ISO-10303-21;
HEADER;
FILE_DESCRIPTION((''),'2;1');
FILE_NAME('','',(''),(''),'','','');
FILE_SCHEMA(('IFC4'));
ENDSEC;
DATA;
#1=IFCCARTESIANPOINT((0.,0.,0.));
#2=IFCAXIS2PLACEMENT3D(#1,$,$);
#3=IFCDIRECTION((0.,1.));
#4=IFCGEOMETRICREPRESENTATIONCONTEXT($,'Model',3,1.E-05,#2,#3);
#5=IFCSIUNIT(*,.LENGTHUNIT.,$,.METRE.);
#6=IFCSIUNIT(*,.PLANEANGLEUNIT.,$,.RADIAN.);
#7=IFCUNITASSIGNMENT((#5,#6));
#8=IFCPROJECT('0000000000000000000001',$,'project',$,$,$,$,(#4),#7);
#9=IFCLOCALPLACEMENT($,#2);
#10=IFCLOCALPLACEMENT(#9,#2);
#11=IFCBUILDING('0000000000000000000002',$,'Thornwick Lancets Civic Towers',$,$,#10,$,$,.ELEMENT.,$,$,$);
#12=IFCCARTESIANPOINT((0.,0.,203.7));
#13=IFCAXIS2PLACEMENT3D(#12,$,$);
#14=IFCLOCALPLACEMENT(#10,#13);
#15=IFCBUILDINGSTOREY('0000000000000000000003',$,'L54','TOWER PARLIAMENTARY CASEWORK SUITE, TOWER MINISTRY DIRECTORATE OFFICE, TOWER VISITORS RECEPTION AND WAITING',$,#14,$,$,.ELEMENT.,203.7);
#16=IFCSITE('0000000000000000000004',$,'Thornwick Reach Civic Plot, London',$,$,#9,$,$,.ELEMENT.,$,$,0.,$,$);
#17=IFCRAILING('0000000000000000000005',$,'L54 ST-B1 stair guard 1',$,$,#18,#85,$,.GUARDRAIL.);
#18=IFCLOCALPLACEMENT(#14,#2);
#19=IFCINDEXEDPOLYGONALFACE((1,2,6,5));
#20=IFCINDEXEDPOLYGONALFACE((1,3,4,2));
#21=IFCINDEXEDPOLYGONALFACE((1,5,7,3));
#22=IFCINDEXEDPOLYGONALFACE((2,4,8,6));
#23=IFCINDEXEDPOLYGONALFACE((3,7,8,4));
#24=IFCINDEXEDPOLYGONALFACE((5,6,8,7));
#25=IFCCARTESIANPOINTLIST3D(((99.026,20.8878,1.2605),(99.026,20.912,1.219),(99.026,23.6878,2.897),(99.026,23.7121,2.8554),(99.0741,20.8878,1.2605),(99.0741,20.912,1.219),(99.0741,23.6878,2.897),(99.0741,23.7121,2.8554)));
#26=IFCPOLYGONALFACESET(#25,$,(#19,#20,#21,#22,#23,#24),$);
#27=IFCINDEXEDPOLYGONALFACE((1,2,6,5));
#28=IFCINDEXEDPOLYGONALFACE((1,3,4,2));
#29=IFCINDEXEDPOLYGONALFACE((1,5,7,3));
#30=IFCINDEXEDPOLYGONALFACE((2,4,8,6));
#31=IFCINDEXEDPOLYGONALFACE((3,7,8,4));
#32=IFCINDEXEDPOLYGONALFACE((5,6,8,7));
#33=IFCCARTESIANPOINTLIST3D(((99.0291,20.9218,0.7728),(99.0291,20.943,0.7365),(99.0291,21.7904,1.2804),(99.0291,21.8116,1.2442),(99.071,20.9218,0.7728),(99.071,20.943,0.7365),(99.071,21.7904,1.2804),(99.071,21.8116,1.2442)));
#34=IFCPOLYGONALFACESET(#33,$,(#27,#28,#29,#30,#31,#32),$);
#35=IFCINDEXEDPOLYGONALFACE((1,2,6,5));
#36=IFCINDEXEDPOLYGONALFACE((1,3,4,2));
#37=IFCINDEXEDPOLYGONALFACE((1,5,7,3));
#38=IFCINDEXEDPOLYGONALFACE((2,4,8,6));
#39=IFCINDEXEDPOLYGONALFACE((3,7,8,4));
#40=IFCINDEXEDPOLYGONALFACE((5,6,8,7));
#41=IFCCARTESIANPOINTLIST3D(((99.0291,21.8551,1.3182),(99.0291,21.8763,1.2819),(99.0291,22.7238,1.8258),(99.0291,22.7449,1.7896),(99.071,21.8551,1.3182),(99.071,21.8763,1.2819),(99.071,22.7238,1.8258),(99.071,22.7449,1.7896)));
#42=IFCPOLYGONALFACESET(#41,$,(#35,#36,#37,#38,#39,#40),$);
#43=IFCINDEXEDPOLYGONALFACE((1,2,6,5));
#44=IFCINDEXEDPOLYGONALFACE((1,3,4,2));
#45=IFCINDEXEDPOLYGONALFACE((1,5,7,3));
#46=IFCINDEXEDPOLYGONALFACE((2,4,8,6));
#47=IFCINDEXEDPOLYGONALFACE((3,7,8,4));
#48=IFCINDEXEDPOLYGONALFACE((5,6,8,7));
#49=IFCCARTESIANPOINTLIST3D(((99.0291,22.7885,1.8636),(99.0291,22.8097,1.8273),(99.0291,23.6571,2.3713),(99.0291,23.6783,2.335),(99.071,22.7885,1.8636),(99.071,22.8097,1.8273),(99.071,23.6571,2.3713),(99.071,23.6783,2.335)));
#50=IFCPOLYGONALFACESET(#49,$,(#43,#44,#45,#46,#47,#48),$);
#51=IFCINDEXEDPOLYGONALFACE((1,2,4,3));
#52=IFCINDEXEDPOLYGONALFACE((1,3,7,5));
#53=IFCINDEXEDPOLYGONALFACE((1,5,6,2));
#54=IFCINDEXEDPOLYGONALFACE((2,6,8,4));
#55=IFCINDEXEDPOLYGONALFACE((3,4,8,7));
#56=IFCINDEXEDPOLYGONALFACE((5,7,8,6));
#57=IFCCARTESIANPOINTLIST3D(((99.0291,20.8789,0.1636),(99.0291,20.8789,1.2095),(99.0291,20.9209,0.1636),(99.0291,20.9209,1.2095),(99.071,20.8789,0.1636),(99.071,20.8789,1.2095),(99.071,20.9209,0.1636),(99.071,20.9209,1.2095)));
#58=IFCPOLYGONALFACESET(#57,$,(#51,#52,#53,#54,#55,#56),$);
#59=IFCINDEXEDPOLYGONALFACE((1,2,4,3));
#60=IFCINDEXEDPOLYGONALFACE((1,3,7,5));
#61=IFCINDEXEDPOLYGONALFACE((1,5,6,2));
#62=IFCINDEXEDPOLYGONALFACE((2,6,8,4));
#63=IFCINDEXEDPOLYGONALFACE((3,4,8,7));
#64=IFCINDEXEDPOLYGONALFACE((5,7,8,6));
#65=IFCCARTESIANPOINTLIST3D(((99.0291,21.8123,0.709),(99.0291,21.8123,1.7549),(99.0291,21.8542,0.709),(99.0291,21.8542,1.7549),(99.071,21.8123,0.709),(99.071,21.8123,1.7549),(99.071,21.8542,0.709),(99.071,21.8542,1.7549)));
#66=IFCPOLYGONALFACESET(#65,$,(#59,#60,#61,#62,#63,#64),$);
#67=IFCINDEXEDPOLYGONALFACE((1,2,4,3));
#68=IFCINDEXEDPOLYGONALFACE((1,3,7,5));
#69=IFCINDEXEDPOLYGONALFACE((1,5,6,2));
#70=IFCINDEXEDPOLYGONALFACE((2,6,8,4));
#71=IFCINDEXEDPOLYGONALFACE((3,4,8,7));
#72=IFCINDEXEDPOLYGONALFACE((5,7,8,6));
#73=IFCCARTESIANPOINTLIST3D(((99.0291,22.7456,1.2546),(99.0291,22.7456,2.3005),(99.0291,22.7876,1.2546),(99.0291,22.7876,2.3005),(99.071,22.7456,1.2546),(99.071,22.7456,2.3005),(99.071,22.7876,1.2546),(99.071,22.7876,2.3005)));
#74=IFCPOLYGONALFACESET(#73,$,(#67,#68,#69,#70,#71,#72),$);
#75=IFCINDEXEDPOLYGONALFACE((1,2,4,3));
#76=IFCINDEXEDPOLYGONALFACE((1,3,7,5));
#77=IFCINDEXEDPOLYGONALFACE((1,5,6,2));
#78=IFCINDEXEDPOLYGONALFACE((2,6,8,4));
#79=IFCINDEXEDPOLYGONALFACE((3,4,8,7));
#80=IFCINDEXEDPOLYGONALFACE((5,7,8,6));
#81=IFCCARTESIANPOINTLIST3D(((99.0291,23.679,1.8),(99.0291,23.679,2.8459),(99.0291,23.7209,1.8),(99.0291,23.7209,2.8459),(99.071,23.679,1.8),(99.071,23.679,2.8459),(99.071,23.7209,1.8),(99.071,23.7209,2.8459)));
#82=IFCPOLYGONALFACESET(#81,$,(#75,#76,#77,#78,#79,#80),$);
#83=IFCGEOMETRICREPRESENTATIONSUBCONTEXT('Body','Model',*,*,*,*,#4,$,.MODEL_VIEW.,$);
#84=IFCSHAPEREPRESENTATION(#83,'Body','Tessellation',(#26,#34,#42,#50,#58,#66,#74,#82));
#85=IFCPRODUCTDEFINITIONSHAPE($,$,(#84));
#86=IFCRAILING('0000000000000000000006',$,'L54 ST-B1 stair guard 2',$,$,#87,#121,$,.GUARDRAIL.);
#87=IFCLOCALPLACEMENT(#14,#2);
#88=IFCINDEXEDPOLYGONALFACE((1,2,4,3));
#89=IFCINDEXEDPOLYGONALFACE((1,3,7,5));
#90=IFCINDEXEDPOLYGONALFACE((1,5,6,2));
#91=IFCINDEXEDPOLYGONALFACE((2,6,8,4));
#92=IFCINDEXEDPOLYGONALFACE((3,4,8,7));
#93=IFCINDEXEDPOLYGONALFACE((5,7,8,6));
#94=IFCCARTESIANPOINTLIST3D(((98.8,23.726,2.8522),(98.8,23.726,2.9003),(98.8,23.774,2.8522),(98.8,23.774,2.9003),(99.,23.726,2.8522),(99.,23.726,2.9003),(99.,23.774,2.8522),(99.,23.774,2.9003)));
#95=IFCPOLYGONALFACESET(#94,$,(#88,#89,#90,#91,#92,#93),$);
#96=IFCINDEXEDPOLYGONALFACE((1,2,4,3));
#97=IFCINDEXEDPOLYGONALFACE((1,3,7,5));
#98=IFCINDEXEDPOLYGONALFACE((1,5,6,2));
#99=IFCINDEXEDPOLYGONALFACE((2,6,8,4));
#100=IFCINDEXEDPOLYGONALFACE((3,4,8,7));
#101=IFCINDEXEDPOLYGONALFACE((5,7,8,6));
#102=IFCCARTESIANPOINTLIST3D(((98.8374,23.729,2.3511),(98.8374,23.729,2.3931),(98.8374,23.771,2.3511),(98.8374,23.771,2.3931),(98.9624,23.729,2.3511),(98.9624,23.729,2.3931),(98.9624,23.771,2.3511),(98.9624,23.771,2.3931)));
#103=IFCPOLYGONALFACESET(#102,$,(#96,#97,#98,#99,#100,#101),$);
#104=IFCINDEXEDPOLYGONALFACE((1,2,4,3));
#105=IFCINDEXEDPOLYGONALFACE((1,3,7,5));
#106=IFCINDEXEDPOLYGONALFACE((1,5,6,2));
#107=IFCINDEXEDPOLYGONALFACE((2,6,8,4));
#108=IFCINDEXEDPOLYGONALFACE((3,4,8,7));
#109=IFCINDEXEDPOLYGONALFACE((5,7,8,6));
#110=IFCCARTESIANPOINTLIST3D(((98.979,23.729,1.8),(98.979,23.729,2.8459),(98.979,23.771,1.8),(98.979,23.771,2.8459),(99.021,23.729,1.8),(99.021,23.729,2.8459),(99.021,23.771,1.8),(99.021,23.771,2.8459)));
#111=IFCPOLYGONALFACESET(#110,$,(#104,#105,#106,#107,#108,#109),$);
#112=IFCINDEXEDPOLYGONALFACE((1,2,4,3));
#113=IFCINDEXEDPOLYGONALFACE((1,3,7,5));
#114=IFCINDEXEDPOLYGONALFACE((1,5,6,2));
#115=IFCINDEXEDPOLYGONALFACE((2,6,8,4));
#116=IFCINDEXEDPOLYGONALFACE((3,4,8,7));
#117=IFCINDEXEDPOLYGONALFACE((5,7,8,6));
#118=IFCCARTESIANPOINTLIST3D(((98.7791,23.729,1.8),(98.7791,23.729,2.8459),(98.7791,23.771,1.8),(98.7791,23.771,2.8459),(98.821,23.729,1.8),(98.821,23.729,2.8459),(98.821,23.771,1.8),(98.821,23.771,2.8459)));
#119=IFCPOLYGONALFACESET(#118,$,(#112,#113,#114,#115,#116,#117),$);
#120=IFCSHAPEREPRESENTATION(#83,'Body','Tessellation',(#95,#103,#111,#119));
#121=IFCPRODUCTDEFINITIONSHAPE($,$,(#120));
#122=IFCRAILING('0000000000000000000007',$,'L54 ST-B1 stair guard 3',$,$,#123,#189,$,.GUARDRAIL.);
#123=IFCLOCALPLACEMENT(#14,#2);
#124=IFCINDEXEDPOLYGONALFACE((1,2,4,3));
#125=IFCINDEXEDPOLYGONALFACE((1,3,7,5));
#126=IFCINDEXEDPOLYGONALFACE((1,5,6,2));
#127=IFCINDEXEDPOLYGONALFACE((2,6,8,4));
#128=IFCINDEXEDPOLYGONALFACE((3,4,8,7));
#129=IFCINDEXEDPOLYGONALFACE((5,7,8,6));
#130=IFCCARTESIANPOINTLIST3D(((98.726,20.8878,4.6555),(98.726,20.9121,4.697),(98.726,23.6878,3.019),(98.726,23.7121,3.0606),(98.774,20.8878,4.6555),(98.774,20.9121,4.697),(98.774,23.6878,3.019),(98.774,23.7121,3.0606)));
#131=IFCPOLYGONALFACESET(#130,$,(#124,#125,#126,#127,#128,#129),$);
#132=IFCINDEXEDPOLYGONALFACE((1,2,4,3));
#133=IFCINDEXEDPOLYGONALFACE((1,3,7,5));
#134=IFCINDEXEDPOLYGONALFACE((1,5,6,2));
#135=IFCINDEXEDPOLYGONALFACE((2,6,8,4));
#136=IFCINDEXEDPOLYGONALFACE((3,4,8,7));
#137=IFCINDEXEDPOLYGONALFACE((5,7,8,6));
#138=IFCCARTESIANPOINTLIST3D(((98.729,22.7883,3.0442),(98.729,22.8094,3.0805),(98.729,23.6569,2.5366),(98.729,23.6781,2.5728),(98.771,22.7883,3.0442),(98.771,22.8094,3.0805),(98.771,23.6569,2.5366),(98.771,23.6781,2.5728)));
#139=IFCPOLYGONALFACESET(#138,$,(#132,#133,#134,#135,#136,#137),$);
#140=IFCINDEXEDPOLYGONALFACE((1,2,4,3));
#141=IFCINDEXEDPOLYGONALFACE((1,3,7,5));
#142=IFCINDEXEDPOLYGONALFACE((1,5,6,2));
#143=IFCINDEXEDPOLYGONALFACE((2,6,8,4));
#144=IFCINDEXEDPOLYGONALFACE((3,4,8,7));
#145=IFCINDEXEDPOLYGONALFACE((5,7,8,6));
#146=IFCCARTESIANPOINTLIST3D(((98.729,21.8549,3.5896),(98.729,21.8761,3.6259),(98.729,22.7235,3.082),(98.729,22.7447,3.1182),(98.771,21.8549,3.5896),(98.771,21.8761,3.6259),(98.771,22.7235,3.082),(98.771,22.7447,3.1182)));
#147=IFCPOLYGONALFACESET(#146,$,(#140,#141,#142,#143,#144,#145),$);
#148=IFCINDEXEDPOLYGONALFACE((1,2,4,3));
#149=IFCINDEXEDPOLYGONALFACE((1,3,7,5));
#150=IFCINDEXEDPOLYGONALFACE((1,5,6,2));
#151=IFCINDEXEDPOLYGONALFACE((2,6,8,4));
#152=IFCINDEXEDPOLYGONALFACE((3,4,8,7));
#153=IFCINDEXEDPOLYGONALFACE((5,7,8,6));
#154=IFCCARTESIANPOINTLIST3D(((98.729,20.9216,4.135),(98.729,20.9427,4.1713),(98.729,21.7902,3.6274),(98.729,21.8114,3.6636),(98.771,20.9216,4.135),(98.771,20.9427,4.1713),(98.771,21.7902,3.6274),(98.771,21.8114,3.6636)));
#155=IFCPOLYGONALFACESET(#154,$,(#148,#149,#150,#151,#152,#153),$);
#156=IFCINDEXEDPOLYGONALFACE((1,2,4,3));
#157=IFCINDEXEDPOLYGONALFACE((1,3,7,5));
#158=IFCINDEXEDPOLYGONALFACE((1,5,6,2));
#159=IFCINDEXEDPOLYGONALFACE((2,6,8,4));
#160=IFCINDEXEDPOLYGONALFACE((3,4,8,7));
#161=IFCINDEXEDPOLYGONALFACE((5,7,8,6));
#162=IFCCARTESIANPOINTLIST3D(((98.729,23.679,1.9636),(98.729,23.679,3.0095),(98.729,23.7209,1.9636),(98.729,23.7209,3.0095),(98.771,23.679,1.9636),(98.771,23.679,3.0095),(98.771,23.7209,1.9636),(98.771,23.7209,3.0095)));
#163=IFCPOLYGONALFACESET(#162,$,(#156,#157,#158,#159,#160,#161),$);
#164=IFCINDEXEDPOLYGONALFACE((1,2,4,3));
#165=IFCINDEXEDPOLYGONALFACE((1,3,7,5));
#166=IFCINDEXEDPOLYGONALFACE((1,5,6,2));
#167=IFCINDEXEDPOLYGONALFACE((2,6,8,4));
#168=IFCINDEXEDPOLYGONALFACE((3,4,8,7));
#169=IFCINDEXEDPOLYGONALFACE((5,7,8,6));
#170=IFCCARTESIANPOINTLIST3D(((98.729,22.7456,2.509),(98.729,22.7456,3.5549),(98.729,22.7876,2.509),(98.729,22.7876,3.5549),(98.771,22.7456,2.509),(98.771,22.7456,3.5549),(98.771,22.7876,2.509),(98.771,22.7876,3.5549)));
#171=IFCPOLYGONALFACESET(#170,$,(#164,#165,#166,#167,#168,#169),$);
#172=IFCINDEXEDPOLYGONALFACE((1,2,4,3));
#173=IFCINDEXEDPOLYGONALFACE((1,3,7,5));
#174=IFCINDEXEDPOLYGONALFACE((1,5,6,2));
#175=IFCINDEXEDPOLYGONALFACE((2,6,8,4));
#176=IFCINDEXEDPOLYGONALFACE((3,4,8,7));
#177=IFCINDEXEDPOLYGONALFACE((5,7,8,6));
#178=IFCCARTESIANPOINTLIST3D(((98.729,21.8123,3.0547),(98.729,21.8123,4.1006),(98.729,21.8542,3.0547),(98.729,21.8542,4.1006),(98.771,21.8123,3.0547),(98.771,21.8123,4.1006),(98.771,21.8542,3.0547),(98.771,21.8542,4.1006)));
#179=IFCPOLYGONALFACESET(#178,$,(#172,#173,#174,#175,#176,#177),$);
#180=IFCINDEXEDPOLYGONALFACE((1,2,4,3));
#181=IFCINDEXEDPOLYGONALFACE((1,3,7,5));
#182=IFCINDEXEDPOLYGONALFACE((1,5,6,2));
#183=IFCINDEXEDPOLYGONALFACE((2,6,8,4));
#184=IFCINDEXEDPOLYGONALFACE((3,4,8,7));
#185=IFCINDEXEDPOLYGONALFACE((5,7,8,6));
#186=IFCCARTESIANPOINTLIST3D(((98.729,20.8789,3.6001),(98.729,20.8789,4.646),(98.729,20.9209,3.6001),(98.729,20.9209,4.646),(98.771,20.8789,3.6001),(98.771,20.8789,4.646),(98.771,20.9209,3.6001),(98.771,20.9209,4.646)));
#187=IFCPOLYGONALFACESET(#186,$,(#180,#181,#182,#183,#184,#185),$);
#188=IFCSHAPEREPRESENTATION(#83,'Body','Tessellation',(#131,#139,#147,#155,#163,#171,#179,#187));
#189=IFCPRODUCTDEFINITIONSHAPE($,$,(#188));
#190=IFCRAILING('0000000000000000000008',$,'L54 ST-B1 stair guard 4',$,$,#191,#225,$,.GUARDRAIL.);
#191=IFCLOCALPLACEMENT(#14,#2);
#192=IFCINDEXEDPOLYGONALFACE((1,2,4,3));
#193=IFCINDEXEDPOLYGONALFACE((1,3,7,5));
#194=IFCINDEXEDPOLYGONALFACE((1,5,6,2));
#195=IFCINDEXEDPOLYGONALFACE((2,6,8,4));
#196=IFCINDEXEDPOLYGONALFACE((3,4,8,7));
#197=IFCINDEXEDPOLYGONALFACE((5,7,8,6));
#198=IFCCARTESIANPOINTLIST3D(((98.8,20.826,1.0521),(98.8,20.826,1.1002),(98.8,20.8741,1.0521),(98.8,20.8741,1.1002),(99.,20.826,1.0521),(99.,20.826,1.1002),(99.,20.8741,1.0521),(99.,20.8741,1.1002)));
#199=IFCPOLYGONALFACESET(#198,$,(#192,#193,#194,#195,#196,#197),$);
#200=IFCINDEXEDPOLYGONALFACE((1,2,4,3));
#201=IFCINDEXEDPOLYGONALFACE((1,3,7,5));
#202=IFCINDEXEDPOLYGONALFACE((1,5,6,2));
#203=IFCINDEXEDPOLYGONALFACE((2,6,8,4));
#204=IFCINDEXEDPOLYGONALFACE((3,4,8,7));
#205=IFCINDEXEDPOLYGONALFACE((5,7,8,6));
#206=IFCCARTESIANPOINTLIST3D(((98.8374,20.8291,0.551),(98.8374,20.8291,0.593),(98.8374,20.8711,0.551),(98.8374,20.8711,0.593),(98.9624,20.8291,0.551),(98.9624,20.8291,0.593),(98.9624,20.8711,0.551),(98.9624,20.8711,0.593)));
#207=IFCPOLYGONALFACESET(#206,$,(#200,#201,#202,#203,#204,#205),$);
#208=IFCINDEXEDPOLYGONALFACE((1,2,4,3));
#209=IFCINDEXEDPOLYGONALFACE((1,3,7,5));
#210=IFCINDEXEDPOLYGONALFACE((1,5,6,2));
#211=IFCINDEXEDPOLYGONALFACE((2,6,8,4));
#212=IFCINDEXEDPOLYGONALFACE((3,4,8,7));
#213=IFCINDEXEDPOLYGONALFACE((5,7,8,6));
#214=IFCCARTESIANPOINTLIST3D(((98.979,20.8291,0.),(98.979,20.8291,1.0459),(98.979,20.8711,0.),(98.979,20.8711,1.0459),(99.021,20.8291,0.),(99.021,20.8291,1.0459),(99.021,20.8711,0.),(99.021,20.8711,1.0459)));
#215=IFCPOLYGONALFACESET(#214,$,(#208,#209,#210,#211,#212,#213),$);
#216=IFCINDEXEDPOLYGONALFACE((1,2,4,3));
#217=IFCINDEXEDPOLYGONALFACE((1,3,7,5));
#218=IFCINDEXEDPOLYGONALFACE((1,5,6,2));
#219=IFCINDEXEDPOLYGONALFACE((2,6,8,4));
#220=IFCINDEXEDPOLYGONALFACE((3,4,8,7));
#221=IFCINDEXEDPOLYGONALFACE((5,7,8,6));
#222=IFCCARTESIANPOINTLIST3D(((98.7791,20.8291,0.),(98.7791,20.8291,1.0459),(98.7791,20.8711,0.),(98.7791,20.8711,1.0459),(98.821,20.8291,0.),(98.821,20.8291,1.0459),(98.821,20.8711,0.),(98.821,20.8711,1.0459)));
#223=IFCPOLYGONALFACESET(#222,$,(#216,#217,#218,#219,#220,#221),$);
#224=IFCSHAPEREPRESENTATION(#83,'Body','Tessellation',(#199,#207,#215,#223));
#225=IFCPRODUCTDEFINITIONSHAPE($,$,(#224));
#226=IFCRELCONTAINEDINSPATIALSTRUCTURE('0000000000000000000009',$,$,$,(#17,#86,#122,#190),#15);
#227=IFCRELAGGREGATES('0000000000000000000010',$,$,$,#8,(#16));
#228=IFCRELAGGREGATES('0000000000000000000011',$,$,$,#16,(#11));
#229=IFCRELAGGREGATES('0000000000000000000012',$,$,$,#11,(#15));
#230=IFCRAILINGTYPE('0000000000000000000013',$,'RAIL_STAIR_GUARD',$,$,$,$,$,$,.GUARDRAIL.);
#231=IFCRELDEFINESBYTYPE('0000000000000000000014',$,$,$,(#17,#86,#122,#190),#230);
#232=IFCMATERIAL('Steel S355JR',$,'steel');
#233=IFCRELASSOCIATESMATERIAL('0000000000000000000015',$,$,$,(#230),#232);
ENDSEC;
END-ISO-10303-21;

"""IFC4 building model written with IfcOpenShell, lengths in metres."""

from ifc_helpers import new_model, si_unit, direction, frame, origin, origin_2d, place, context, subcontext, project, spatial, rectangle, extrude, material, type_object, element, save


model = new_model("IFC4")

# Units and contexts
model_context = context("Model", 3, precision=1e-05, world=origin(), true_north=direction((0.0, 1.0)))
body_context = subcontext(model_context, "Body", "Model", "MODEL_VIEW")
ifc_project = project(units=[si_unit("LENGTHUNIT", "METRE"), si_unit("PLANEANGLEUNIT", "RADIAN")], contexts=[model_context])

# Site, building, storey
site_placement = place(None, origin())
site = spatial("IfcSite", under=ifc_project, at=site_placement, Name="Thornwick Reach Civic Plot, London", CompositionType="ELEMENT", RefElevation=0.0)
building_placement = place(site_placement, origin())
building = spatial("IfcBuilding", under=site, at=building_placement, Name="Thornwick Lancets Civic Towers", CompositionType="ELEMENT")
storey_placement = place(building_placement, frame((0.0, 0.0, 203.7)))
storey = spatial("IfcBuildingStorey", under=building, at=storey_placement, Name="L54", Description="TOWER PARLIAMENTARY CASEWORK SUITE, TOWER MINISTRY DIRECTORATE OFFICE, TOWER VISITORS RECEPTION AND WAITING", CompositionType="ELEMENT", Elevation=203.7)

# Railings
ifc_material_1 = material(Name="Steel S355JR", Category="steel")
railing_type_1 = type_object("IfcRailingType", Name="RAIL_STAIR_GUARD", PredefinedType="GUARDRAIL", material=ifc_material_1)
railing_1_placement = place(storey_placement, frame((99.05, 20.8999, 0.1636)))
element("IfcRailing", 1, at=railing_1_placement, inside=storey, type_object=railing_type_1, Name="L54 ST-B1 stair guard 1", PredefinedType="GUARDRAIL", context=body_context, shape_type="SweptSolid", body=[
    extrude(rectangle(XDim=0.0481, YDim=0.0481, at=origin_2d()), frame((0.0, 0.0, 1.0762), z_axis=(0.0, 0.863361, 0.504587), x_axis=(-1.0, 0.0, 0.0)), (0.0, 0.0, 1.0), 3.2432),
    extrude(rectangle(XDim=0.042, YDim=0.042, at=origin_2d()), frame((0.0, 0.0325, 0.5911), z_axis=(0.0, 0.863361, 0.504587), x_axis=(-1.0, 0.0, 0.0)), (0.0, 0.0, 1.0), 1.0061),
    extrude(rectangle(XDim=0.042, YDim=0.042, at=origin_2d()), frame((0.0, 0.9658, 1.1365), z_axis=(0.0, 0.863361, 0.504587), x_axis=(-1.0, 0.0, 0.0)), (0.0, 0.0, 1.0), 1.0061),
    extrude(rectangle(XDim=0.042, YDim=0.042, at=origin_2d()), frame((0.0, 1.8992, 1.6819), z_axis=(0.0, 0.863361, 0.504587), x_axis=(-1.0, 0.0, 0.0)), (0.0, 0.0, 1.0), 1.0061),
    extrude(rectangle(XDim=0.042, YDim=0.042, at=origin_2d()), origin(), (0.0, 0.0, 1.0), 1.0459),
    extrude(rectangle(XDim=0.042, YDim=0.042, at=origin_2d()), frame((0.0, 0.9333, 0.5454)), (0.0, 0.0, 1.0), 1.0459),
    extrude(rectangle(XDim=0.042, YDim=0.042, at=origin_2d()), frame((0.0, 1.8667, 1.0911)), (0.0, 0.0, 1.0), 1.0459),
    extrude(rectangle(XDim=0.042, YDim=0.042, at=origin_2d()), frame((0.0, 2.8, 1.6365)), (0.0, 0.0, 1.0), 1.0459),
])
railing_2_placement = place(storey_placement, frame((99.0, 23.75, 1.8)))
element("IfcRailing", 2, at=railing_2_placement, inside=storey, type_object=railing_type_1, Name="L54 ST-B1 stair guard 2", PredefinedType="GUARDRAIL", context=body_context, shape_type="SweptSolid", body=[
    extrude(rectangle(XDim=0.0481, YDim=0.0481, at=origin_2d()), frame((0.0, 0.0, 1.0762), z_axis=(-1.0, 0.0, 0.0), x_axis=(0.0, -1.0, 0.0)), (0.0, 0.0, 1.0), 0.2),
    extrude(rectangle(XDim=0.042, YDim=0.042, at=origin_2d()), frame((-0.0376, 0.0, 0.572), z_axis=(-1.0, 0.0, 0.0), x_axis=(0.0, -1.0, 0.0)), (0.0, 0.0, 1.0), 0.125),
    extrude(rectangle(XDim=0.042, YDim=0.042, at=origin_2d()), origin(), (0.0, 0.0, 1.0), 1.0459),
    extrude(rectangle(XDim=0.042, YDim=0.042, at=origin_2d()), frame((-0.2, 0.0, 0.0)), (0.0, 0.0, 1.0), 1.0459),
])
railing_3_placement = place(storey_placement, frame((98.75, 23.7, 1.9636)))
element("IfcRailing", 3, at=railing_3_placement, inside=storey, type_object=railing_type_1, Name="L54 ST-B1 stair guard 3", PredefinedType="GUARDRAIL", context=body_context, shape_type="SweptSolid", body=[
    extrude(rectangle(XDim=0.0481, YDim=0.0481, at=origin_2d()), frame((0.0, 0.0, 1.0762), z_axis=(0.0, -0.863361, 0.504587), x_axis=(1.0, 0.0, 0.0)), (0.0, 0.0, 1.0), 3.2432),
    extrude(rectangle(XDim=0.042, YDim=0.042, at=origin_2d()), frame((0.0, -0.0325, 0.5911), z_axis=(0.0, -0.863361, 0.504587), x_axis=(1.0, 0.0, 0.0)), (0.0, 0.0, 1.0), 1.0061),
    extrude(rectangle(XDim=0.042, YDim=0.042, at=origin_2d()), frame((0.0, -0.9658, 1.1365), z_axis=(0.0, -0.863361, 0.504587), x_axis=(1.0, 0.0, 0.0)), (0.0, 0.0, 1.0), 1.0061),
    extrude(rectangle(XDim=0.042, YDim=0.042, at=origin_2d()), frame((0.0, -1.8992, 1.6819), z_axis=(0.0, -0.863361, 0.504587), x_axis=(1.0, 0.0, 0.0)), (0.0, 0.0, 1.0), 1.0061),
    extrude(rectangle(XDim=0.042, YDim=0.042, at=origin_2d()), origin(), (0.0, 0.0, 1.0), 1.0459),
    extrude(rectangle(XDim=0.042, YDim=0.042, at=origin_2d()), frame((0.0, -0.9333, 0.5454)), (0.0, 0.0, 1.0), 1.0459),
    extrude(rectangle(XDim=0.042, YDim=0.042, at=origin_2d()), frame((0.0, -1.8667, 1.0911)), (0.0, 0.0, 1.0), 1.0459),
    extrude(rectangle(XDim=0.042, YDim=0.042, at=origin_2d()), frame((0.0, -2.8, 1.6365)), (0.0, 0.0, 1.0), 1.0459),
])
railing_4_placement = place(storey_placement, frame((99.0, 20.8501, 0.0)))
element("IfcRailing", 4, at=railing_4_placement, inside=storey, type_object=railing_type_1, Name="L54 ST-B1 stair guard 4", PredefinedType="GUARDRAIL", context=body_context, shape_type="SweptSolid", body=[
    extrude(rectangle(XDim=0.0481, YDim=0.0481, at=origin_2d()), frame((0.0, 0.0, 1.0762), z_axis=(-1.0, 0.0, 0.0), x_axis=(0.0, -1.0, 0.0)), (0.0, 0.0, 1.0), 0.2),
    extrude(rectangle(XDim=0.042, YDim=0.042, at=origin_2d()), frame((-0.0376, 0.0, 0.572), z_axis=(-1.0, 0.0, 0.0), x_axis=(0.0, -1.0, 0.0)), (0.0, 0.0, 1.0), 0.125),
    extrude(rectangle(XDim=0.042, YDim=0.042, at=origin_2d()), origin(), (0.0, 0.0, 1.0), 1.0459),
    extrude(rectangle(XDim=0.042, YDim=0.042, at=origin_2d()), frame((-0.2, 0.0, 0.0)), (0.0, 0.0, 1.0), 1.0459),
])

save(model, "model.ifc")
